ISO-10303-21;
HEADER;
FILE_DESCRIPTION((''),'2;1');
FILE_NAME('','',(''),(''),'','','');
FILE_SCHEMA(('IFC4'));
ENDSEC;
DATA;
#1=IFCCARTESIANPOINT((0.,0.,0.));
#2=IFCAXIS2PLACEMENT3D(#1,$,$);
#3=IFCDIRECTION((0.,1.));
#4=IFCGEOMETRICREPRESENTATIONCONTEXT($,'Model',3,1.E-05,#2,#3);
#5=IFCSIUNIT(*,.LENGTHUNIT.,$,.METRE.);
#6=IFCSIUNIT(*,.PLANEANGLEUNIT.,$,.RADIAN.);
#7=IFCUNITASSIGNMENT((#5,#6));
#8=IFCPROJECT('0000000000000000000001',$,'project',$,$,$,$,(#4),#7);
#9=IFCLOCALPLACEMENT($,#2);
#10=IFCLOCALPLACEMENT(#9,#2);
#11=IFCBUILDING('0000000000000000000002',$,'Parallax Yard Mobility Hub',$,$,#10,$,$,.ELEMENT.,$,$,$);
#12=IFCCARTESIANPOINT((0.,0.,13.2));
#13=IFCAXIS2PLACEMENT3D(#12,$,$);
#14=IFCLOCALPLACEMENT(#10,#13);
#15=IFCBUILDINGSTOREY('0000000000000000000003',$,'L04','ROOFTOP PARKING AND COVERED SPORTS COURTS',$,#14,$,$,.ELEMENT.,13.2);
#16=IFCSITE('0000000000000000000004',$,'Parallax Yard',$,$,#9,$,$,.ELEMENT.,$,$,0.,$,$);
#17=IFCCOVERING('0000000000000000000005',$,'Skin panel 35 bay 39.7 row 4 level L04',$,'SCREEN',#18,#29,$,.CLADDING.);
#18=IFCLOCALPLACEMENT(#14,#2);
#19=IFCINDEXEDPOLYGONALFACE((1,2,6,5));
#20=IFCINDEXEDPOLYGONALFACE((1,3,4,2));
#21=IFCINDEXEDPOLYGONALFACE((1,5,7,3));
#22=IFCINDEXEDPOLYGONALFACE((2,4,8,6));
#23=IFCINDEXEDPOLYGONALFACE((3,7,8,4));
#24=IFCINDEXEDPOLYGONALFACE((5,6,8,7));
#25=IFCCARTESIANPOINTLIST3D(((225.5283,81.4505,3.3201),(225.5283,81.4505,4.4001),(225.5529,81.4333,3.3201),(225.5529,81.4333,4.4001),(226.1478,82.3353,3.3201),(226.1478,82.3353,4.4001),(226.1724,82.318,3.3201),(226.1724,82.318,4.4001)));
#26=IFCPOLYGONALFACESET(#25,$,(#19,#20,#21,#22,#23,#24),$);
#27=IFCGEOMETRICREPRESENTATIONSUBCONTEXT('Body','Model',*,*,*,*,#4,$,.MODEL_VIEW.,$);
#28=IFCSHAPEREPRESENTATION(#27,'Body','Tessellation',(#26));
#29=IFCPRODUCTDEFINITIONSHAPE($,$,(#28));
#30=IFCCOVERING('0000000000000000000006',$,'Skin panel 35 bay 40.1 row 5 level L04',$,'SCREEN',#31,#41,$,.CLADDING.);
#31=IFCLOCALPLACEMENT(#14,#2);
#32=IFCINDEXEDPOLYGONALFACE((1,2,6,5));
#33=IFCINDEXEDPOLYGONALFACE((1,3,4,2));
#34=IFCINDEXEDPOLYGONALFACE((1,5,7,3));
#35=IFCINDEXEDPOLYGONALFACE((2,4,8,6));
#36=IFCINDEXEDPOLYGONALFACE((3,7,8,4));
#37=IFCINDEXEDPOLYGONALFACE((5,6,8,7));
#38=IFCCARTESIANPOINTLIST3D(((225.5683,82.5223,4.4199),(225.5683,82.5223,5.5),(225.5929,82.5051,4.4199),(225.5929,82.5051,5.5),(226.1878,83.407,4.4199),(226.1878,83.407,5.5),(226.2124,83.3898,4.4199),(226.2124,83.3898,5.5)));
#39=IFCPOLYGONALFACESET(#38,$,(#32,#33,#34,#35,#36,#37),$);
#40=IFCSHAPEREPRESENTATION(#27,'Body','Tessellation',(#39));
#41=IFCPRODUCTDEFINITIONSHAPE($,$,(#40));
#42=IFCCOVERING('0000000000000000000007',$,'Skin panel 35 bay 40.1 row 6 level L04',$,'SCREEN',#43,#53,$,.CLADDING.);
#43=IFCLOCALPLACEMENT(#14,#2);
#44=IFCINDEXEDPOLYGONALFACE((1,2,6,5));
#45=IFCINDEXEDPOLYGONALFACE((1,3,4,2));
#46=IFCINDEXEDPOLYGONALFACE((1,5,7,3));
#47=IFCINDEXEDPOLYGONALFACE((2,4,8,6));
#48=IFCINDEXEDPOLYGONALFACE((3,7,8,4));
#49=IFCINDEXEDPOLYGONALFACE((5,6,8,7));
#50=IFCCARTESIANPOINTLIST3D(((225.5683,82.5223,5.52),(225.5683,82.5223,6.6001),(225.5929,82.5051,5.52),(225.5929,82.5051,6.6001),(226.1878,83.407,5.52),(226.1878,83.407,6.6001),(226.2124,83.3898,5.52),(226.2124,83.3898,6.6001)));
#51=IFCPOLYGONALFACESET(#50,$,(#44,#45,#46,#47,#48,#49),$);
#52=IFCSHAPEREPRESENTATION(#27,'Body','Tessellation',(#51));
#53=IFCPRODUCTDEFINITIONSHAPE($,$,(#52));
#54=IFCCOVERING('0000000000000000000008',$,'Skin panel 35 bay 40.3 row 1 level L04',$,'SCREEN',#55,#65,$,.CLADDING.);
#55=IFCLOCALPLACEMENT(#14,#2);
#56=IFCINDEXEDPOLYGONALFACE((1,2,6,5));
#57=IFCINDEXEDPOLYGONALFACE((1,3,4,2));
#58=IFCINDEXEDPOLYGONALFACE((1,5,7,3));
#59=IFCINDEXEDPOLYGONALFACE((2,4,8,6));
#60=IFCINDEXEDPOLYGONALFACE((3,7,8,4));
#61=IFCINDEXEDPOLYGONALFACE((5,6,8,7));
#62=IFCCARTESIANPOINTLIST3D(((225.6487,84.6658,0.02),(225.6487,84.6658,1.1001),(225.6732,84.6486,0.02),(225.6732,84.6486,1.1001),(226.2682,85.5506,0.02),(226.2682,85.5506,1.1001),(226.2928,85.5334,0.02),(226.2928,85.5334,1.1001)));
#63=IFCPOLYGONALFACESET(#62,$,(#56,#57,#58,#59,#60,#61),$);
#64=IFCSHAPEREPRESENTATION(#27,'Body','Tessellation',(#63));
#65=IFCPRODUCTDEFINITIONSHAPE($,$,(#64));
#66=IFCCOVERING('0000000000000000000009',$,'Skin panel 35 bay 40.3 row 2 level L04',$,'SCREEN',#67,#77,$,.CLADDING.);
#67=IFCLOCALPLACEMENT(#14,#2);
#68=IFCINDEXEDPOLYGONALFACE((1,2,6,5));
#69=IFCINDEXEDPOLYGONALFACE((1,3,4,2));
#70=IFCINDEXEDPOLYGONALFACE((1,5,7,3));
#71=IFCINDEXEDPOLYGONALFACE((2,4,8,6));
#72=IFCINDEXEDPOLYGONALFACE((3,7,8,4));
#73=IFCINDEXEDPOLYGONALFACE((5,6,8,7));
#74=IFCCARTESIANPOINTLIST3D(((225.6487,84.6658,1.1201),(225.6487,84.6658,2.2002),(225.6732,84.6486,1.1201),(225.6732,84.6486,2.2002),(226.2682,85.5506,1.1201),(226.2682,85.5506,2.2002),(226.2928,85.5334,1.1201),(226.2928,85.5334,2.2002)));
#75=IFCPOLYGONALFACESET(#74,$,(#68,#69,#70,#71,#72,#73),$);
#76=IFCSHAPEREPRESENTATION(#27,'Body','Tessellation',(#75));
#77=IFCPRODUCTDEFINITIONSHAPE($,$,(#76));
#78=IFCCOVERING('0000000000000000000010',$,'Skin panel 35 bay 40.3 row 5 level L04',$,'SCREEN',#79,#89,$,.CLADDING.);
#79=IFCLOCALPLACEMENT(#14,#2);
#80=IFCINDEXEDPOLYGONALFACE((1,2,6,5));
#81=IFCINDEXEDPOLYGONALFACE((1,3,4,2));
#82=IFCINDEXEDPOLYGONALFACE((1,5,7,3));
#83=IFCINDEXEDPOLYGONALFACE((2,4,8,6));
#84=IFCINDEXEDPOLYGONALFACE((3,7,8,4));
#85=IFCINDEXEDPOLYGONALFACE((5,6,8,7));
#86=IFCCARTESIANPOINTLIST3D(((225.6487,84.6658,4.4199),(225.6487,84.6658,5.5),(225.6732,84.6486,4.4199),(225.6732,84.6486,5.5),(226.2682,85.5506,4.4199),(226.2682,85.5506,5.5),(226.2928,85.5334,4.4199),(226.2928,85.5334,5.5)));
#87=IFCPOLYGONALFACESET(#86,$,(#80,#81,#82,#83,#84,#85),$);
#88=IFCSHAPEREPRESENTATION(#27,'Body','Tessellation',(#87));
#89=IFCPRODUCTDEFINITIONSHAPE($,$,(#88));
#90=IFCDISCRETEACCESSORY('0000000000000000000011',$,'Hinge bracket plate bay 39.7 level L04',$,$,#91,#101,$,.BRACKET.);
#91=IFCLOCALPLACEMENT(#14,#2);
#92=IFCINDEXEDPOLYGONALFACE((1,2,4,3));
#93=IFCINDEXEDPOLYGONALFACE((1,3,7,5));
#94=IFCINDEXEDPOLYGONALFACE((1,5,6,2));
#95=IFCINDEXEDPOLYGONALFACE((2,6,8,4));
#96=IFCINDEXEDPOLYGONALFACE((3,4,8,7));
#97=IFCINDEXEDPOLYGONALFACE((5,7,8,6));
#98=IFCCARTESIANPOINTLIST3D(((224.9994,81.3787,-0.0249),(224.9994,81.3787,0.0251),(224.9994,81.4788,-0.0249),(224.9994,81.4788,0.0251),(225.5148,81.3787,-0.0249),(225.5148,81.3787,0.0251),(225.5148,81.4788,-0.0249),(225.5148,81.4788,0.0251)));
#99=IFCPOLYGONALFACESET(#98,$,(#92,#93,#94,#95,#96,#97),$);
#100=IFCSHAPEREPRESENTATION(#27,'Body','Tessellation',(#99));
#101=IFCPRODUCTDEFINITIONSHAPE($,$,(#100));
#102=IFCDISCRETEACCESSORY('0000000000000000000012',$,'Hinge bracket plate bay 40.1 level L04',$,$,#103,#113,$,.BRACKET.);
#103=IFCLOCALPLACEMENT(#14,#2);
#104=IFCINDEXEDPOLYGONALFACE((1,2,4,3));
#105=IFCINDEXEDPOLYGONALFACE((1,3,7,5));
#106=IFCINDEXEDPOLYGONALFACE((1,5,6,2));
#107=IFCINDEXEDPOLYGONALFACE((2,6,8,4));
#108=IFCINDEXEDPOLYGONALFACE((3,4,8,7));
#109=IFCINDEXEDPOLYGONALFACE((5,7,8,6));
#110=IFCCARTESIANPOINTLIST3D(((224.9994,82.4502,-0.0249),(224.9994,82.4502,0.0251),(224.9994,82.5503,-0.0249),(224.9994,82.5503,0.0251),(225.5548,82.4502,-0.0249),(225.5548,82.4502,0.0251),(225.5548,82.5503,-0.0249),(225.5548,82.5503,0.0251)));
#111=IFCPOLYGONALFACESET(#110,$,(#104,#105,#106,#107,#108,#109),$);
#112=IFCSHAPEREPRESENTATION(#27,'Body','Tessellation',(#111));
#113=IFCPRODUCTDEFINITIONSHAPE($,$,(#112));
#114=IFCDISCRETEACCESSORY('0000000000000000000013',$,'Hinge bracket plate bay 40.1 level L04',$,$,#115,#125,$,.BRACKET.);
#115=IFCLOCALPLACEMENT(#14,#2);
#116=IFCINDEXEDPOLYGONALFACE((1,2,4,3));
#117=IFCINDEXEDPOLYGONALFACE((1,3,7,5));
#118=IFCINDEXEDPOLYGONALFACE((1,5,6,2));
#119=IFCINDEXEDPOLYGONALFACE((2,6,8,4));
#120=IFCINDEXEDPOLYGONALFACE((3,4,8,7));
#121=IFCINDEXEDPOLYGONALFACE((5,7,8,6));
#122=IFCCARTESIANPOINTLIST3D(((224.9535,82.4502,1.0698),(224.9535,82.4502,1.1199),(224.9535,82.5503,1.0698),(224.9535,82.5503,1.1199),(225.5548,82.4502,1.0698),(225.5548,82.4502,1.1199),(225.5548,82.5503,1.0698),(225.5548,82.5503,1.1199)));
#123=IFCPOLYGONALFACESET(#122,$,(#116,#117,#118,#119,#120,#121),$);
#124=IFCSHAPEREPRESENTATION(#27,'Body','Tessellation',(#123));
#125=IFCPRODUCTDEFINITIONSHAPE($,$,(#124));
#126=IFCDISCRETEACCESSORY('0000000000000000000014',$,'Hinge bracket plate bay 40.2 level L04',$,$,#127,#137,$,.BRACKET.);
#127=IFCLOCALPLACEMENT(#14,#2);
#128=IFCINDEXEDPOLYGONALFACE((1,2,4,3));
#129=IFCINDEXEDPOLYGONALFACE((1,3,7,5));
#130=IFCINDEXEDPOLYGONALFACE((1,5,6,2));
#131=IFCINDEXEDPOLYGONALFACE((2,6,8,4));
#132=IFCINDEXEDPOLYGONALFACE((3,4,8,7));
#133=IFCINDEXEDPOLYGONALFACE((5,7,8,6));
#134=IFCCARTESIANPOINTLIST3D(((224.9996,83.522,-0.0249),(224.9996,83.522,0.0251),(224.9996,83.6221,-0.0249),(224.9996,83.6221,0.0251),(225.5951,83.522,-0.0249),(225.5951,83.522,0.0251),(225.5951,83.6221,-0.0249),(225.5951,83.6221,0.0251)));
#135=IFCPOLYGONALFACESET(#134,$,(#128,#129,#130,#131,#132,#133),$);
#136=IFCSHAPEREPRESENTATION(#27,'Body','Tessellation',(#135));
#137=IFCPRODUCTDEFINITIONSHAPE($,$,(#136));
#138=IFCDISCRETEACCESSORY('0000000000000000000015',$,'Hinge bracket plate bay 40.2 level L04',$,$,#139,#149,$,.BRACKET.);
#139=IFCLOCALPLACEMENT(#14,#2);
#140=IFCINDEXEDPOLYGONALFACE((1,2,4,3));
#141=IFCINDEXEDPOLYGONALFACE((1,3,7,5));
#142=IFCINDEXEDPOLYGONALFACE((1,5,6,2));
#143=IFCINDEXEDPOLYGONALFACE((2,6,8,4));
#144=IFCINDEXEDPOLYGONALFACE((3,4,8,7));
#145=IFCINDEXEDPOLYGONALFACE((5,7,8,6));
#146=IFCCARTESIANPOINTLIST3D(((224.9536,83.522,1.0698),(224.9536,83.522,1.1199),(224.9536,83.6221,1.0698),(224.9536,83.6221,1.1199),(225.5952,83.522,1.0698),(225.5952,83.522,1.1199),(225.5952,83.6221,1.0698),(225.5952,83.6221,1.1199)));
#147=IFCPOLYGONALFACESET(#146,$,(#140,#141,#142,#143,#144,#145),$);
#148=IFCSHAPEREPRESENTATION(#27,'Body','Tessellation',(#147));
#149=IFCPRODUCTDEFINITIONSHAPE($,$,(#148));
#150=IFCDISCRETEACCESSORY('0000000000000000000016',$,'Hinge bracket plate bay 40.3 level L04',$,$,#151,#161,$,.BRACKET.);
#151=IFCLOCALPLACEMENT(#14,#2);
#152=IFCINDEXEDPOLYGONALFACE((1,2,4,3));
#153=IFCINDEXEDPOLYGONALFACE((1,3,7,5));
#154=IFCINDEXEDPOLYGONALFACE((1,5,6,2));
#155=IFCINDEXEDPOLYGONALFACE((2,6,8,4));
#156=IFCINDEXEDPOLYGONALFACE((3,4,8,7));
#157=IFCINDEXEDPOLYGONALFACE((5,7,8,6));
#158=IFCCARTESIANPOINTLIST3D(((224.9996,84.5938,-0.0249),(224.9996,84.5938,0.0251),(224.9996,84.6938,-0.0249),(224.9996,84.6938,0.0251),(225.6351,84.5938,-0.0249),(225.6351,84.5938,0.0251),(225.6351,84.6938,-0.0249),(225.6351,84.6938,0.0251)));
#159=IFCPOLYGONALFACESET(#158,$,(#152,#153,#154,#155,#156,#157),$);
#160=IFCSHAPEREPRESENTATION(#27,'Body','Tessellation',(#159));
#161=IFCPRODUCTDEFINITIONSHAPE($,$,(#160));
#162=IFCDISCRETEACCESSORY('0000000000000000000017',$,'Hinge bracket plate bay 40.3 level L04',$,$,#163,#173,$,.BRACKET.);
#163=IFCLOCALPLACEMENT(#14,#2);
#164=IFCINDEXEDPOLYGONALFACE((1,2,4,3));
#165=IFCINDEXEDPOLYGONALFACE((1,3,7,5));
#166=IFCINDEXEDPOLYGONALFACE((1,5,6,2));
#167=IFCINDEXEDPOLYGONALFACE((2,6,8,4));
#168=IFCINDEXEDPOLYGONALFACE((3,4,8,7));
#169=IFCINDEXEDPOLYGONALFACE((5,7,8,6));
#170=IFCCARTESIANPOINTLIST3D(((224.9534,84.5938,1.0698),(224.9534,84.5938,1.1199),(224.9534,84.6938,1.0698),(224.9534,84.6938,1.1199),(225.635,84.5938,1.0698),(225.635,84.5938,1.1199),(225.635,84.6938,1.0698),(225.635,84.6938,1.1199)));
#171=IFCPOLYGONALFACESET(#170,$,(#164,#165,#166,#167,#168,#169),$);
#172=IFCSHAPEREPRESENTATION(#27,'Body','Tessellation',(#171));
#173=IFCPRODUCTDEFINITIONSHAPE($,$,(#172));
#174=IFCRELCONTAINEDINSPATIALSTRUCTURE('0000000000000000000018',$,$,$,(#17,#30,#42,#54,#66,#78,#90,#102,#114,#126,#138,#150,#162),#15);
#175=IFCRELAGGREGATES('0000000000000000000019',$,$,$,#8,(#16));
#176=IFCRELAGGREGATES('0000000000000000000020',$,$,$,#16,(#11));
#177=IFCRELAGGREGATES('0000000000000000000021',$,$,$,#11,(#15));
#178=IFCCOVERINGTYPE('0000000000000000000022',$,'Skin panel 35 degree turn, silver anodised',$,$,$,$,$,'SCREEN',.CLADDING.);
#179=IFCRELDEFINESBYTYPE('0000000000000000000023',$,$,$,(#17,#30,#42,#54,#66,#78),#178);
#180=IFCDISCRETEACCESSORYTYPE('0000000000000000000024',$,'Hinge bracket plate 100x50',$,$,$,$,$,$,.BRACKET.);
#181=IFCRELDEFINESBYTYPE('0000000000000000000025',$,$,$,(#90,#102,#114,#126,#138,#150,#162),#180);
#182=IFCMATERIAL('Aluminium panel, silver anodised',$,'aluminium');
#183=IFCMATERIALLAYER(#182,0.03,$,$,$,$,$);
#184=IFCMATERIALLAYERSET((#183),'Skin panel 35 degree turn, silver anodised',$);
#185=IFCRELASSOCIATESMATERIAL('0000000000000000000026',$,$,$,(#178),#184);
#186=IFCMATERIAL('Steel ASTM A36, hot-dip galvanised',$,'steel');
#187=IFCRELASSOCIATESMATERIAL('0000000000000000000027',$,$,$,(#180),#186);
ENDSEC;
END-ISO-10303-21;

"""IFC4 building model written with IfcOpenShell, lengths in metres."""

from ifc_helpers import new_model, si_unit, direction, frame, origin, origin_2d, place, context, subcontext, project, spatial, rectangle, extrude, material, layer, layer_set, type_object, element, save


model = new_model("IFC4")

# Units and contexts
model_context = context("Model", 3, precision=1e-05, world=origin(), true_north=direction((0.0, 1.0)))
body_context = subcontext(model_context, "Body", "Model", "MODEL_VIEW")
ifc_project = project(units=[si_unit("LENGTHUNIT", "METRE"), si_unit("PLANEANGLEUNIT", "RADIAN")], contexts=[model_context])

# Site, building, storey
site_placement = place(None, origin())
site = spatial("IfcSite", under=ifc_project, at=site_placement, Name="Parallax Yard", CompositionType="ELEMENT", RefElevation=0.0)
building_placement = place(site_placement, origin())
building = spatial("IfcBuilding", under=site, at=building_placement, Name="Parallax Yard Mobility Hub", CompositionType="ELEMENT")
storey_placement = place(building_placement, frame((0.0, 0.0, 13.2)))
storey = spatial("IfcBuildingStorey", under=building, at=storey_placement, Name="L04", Description="ROOFTOP PARKING AND COVERED SPORTS COURTS", CompositionType="ELEMENT", Elevation=13.2)

# Coverings
ifc_material_1 = material(Name="Aluminium panel, silver anodised", Category="aluminium")
ifc_layer_1 = layer(ifc_material_1, 0.03)
ifc_layer_set_1 = layer_set([ifc_layer_1], Name="Skin panel 35 degree turn, silver anodised")
covering_type_1 = type_object("IfcCoveringType", Name="Skin panel 35 degree turn, silver anodised", ElementType="SCREEN", PredefinedType="CLADDING", material=ifc_layer_set_1)
for number, where, z_axis, x_axis, name in (
    (1, (225.8503, 81.8843, 3.3201), (0.0, 0.0, 1.0), (0.573576, 0.819152, 0.0), "Skin panel 35 bay 39.7 row 4 level L04"),
    (2, (225.8904, 82.9561, 4.4199), (0.0, 0.0, 1.0), (0.573576, 0.819152, 0.0), "Skin panel 35 bay 40.1 row 5 level L04"),
    (3, (225.8904, 82.9561, 5.52), (0.0, 0.0, 1.0), (0.573576, 0.819152, 0.0), "Skin panel 35 bay 40.1 row 6 level L04"),
    (4, (225.9707, 85.0996, 0.02), (0.0, 0.0, 1.0), (0.573576, 0.819152, 0.0), "Skin panel 35 bay 40.3 row 1 level L04"),
    (5, (225.9707, 85.0996, 1.1201), (0.0, 0.0, 1.0), (0.573576, 0.819152, 0.0), "Skin panel 35 bay 40.3 row 2 level L04"),
    (6, (225.9707, 85.0996, 4.4199), (0.0, 0.0, 1.0), (0.573576, 0.819152, 0.0), "Skin panel 35 bay 40.3 row 5 level L04"),
):
    element("IfcCovering", number, at=place(storey_placement, frame(where, z_axis=z_axis, x_axis=x_axis)), inside=storey, type_object=covering_type_1, Name=name, ObjectType="SCREEN", PredefinedType="CLADDING", context=body_context, shape_type="SweptSolid", body=[
        extrude(rectangle(XDim=1.0801, YDim=0.03, at=origin_2d()), origin(), (0.0, 0.0, 1.0), 1.0801),
    ])

# Discrete accessories
ifc_material_2 = material(Name="Steel ASTM A36, hot-dip galvanised", Category="steel")
discrete_accessory_type_1 = type_object("IfcDiscreteAccessoryType", Name="Hinge bracket plate 100x50", PredefinedType="BRACKET", material=ifc_material_2)
discrete_accessory_1_placement = place(storey_placement, frame((225.2571, 81.4287, -0.0249), z_axis=(0.0, 0.0, 1.0), x_axis=(1.0, 0.0, 0.0)))
element("IfcDiscreteAccessory", 7, at=discrete_accessory_1_placement, inside=storey, type_object=discrete_accessory_type_1, Name="Hinge bracket plate bay 39.7 level L04", PredefinedType="BRACKET", context=body_context, shape_type="SweptSolid", body=[
    extrude(rectangle(XDim=0.5154, YDim=0.1001, at=origin_2d()), origin(), (0.0, 0.0, 1.0), 0.05),
])
discrete_accessory_2_placement = place(storey_placement, frame((225.2771, 82.5002, -0.0249), z_axis=(0.0, 0.0, 1.0), x_axis=(1.0, 0.0, 0.0)))
element("IfcDiscreteAccessory", 8, at=discrete_accessory_2_placement, inside=storey, type_object=discrete_accessory_type_1, Name="Hinge bracket plate bay 40.1 level L04", PredefinedType="BRACKET", context=body_context, shape_type="SweptSolid", body=[
    extrude(rectangle(XDim=0.5554, YDim=0.1001, at=origin_2d()), origin(), (0.0, 0.0, 1.0), 0.05),
])
discrete_accessory_3_placement = place(storey_placement, frame((225.2542, 82.5002, 1.0698), z_axis=(0.0, 0.0, 1.0), x_axis=(1.0, 0.0, 0.0)))
element("IfcDiscreteAccessory", 9, at=discrete_accessory_3_placement, inside=storey, type_object=discrete_accessory_type_1, Name="Hinge bracket plate bay 40.1 level L04", PredefinedType="BRACKET", context=body_context, shape_type="SweptSolid", body=[
    extrude(rectangle(XDim=0.6013, YDim=0.1001, at=origin_2d()), origin(), (0.0, 0.0, 1.0), 0.05),
])
discrete_accessory_4_placement = place(storey_placement, frame((225.2974, 83.572, -0.0249), z_axis=(0.0, 0.0, 1.0), x_axis=(1.0, 0.0, 0.0)))
element("IfcDiscreteAccessory", 10, at=discrete_accessory_4_placement, inside=storey, type_object=discrete_accessory_type_1, Name="Hinge bracket plate bay 40.2 level L04", PredefinedType="BRACKET", context=body_context, shape_type="SweptSolid", body=[
    extrude(rectangle(XDim=0.5955, YDim=0.1001, at=origin_2d()), origin(), (0.0, 0.0, 1.0), 0.05),
])
discrete_accessory_5_placement = place(storey_placement, frame((225.2744, 83.572, 1.0698), z_axis=(0.0, 0.0, 1.0), x_axis=(1.0, 0.0, 0.0)))
element("IfcDiscreteAccessory", 11, at=discrete_accessory_5_placement, inside=storey, type_object=discrete_accessory_type_1, Name="Hinge bracket plate bay 40.2 level L04", PredefinedType="BRACKET", context=body_context, shape_type="SweptSolid", body=[
    extrude(rectangle(XDim=0.6416, YDim=0.1001, at=origin_2d()), origin(), (0.0, 0.0, 1.0), 0.05),
])
discrete_accessory_6_placement = place(storey_placement, frame((225.3174, 84.6438, -0.0249), z_axis=(0.0, 0.0, 1.0), x_axis=(1.0, 0.0, 0.0)))
element("IfcDiscreteAccessory", 12, at=discrete_accessory_6_placement, inside=storey, type_object=discrete_accessory_type_1, Name="Hinge bracket plate bay 40.3 level L04", PredefinedType="BRACKET", context=body_context, shape_type="SweptSolid", body=[
    extrude(rectangle(XDim=0.6355, YDim=0.1001, at=origin_2d()), origin(), (0.0, 0.0, 1.0), 0.05),
])
discrete_accessory_7_placement = place(storey_placement, frame((225.2942, 84.6438, 1.0698), z_axis=(0.0, 0.0, 1.0), x_axis=(1.0, 0.0, 0.0)))
element("IfcDiscreteAccessory", 13, at=discrete_accessory_7_placement, inside=storey, type_object=discrete_accessory_type_1, Name="Hinge bracket plate bay 40.3 level L04", PredefinedType="BRACKET", context=body_context, shape_type="SweptSolid", body=[
    extrude(rectangle(XDim=0.6816, YDim=0.1001, at=origin_2d()), origin(), (0.0, 0.0, 1.0), 0.05),
])

save(model, "model.ifc")
